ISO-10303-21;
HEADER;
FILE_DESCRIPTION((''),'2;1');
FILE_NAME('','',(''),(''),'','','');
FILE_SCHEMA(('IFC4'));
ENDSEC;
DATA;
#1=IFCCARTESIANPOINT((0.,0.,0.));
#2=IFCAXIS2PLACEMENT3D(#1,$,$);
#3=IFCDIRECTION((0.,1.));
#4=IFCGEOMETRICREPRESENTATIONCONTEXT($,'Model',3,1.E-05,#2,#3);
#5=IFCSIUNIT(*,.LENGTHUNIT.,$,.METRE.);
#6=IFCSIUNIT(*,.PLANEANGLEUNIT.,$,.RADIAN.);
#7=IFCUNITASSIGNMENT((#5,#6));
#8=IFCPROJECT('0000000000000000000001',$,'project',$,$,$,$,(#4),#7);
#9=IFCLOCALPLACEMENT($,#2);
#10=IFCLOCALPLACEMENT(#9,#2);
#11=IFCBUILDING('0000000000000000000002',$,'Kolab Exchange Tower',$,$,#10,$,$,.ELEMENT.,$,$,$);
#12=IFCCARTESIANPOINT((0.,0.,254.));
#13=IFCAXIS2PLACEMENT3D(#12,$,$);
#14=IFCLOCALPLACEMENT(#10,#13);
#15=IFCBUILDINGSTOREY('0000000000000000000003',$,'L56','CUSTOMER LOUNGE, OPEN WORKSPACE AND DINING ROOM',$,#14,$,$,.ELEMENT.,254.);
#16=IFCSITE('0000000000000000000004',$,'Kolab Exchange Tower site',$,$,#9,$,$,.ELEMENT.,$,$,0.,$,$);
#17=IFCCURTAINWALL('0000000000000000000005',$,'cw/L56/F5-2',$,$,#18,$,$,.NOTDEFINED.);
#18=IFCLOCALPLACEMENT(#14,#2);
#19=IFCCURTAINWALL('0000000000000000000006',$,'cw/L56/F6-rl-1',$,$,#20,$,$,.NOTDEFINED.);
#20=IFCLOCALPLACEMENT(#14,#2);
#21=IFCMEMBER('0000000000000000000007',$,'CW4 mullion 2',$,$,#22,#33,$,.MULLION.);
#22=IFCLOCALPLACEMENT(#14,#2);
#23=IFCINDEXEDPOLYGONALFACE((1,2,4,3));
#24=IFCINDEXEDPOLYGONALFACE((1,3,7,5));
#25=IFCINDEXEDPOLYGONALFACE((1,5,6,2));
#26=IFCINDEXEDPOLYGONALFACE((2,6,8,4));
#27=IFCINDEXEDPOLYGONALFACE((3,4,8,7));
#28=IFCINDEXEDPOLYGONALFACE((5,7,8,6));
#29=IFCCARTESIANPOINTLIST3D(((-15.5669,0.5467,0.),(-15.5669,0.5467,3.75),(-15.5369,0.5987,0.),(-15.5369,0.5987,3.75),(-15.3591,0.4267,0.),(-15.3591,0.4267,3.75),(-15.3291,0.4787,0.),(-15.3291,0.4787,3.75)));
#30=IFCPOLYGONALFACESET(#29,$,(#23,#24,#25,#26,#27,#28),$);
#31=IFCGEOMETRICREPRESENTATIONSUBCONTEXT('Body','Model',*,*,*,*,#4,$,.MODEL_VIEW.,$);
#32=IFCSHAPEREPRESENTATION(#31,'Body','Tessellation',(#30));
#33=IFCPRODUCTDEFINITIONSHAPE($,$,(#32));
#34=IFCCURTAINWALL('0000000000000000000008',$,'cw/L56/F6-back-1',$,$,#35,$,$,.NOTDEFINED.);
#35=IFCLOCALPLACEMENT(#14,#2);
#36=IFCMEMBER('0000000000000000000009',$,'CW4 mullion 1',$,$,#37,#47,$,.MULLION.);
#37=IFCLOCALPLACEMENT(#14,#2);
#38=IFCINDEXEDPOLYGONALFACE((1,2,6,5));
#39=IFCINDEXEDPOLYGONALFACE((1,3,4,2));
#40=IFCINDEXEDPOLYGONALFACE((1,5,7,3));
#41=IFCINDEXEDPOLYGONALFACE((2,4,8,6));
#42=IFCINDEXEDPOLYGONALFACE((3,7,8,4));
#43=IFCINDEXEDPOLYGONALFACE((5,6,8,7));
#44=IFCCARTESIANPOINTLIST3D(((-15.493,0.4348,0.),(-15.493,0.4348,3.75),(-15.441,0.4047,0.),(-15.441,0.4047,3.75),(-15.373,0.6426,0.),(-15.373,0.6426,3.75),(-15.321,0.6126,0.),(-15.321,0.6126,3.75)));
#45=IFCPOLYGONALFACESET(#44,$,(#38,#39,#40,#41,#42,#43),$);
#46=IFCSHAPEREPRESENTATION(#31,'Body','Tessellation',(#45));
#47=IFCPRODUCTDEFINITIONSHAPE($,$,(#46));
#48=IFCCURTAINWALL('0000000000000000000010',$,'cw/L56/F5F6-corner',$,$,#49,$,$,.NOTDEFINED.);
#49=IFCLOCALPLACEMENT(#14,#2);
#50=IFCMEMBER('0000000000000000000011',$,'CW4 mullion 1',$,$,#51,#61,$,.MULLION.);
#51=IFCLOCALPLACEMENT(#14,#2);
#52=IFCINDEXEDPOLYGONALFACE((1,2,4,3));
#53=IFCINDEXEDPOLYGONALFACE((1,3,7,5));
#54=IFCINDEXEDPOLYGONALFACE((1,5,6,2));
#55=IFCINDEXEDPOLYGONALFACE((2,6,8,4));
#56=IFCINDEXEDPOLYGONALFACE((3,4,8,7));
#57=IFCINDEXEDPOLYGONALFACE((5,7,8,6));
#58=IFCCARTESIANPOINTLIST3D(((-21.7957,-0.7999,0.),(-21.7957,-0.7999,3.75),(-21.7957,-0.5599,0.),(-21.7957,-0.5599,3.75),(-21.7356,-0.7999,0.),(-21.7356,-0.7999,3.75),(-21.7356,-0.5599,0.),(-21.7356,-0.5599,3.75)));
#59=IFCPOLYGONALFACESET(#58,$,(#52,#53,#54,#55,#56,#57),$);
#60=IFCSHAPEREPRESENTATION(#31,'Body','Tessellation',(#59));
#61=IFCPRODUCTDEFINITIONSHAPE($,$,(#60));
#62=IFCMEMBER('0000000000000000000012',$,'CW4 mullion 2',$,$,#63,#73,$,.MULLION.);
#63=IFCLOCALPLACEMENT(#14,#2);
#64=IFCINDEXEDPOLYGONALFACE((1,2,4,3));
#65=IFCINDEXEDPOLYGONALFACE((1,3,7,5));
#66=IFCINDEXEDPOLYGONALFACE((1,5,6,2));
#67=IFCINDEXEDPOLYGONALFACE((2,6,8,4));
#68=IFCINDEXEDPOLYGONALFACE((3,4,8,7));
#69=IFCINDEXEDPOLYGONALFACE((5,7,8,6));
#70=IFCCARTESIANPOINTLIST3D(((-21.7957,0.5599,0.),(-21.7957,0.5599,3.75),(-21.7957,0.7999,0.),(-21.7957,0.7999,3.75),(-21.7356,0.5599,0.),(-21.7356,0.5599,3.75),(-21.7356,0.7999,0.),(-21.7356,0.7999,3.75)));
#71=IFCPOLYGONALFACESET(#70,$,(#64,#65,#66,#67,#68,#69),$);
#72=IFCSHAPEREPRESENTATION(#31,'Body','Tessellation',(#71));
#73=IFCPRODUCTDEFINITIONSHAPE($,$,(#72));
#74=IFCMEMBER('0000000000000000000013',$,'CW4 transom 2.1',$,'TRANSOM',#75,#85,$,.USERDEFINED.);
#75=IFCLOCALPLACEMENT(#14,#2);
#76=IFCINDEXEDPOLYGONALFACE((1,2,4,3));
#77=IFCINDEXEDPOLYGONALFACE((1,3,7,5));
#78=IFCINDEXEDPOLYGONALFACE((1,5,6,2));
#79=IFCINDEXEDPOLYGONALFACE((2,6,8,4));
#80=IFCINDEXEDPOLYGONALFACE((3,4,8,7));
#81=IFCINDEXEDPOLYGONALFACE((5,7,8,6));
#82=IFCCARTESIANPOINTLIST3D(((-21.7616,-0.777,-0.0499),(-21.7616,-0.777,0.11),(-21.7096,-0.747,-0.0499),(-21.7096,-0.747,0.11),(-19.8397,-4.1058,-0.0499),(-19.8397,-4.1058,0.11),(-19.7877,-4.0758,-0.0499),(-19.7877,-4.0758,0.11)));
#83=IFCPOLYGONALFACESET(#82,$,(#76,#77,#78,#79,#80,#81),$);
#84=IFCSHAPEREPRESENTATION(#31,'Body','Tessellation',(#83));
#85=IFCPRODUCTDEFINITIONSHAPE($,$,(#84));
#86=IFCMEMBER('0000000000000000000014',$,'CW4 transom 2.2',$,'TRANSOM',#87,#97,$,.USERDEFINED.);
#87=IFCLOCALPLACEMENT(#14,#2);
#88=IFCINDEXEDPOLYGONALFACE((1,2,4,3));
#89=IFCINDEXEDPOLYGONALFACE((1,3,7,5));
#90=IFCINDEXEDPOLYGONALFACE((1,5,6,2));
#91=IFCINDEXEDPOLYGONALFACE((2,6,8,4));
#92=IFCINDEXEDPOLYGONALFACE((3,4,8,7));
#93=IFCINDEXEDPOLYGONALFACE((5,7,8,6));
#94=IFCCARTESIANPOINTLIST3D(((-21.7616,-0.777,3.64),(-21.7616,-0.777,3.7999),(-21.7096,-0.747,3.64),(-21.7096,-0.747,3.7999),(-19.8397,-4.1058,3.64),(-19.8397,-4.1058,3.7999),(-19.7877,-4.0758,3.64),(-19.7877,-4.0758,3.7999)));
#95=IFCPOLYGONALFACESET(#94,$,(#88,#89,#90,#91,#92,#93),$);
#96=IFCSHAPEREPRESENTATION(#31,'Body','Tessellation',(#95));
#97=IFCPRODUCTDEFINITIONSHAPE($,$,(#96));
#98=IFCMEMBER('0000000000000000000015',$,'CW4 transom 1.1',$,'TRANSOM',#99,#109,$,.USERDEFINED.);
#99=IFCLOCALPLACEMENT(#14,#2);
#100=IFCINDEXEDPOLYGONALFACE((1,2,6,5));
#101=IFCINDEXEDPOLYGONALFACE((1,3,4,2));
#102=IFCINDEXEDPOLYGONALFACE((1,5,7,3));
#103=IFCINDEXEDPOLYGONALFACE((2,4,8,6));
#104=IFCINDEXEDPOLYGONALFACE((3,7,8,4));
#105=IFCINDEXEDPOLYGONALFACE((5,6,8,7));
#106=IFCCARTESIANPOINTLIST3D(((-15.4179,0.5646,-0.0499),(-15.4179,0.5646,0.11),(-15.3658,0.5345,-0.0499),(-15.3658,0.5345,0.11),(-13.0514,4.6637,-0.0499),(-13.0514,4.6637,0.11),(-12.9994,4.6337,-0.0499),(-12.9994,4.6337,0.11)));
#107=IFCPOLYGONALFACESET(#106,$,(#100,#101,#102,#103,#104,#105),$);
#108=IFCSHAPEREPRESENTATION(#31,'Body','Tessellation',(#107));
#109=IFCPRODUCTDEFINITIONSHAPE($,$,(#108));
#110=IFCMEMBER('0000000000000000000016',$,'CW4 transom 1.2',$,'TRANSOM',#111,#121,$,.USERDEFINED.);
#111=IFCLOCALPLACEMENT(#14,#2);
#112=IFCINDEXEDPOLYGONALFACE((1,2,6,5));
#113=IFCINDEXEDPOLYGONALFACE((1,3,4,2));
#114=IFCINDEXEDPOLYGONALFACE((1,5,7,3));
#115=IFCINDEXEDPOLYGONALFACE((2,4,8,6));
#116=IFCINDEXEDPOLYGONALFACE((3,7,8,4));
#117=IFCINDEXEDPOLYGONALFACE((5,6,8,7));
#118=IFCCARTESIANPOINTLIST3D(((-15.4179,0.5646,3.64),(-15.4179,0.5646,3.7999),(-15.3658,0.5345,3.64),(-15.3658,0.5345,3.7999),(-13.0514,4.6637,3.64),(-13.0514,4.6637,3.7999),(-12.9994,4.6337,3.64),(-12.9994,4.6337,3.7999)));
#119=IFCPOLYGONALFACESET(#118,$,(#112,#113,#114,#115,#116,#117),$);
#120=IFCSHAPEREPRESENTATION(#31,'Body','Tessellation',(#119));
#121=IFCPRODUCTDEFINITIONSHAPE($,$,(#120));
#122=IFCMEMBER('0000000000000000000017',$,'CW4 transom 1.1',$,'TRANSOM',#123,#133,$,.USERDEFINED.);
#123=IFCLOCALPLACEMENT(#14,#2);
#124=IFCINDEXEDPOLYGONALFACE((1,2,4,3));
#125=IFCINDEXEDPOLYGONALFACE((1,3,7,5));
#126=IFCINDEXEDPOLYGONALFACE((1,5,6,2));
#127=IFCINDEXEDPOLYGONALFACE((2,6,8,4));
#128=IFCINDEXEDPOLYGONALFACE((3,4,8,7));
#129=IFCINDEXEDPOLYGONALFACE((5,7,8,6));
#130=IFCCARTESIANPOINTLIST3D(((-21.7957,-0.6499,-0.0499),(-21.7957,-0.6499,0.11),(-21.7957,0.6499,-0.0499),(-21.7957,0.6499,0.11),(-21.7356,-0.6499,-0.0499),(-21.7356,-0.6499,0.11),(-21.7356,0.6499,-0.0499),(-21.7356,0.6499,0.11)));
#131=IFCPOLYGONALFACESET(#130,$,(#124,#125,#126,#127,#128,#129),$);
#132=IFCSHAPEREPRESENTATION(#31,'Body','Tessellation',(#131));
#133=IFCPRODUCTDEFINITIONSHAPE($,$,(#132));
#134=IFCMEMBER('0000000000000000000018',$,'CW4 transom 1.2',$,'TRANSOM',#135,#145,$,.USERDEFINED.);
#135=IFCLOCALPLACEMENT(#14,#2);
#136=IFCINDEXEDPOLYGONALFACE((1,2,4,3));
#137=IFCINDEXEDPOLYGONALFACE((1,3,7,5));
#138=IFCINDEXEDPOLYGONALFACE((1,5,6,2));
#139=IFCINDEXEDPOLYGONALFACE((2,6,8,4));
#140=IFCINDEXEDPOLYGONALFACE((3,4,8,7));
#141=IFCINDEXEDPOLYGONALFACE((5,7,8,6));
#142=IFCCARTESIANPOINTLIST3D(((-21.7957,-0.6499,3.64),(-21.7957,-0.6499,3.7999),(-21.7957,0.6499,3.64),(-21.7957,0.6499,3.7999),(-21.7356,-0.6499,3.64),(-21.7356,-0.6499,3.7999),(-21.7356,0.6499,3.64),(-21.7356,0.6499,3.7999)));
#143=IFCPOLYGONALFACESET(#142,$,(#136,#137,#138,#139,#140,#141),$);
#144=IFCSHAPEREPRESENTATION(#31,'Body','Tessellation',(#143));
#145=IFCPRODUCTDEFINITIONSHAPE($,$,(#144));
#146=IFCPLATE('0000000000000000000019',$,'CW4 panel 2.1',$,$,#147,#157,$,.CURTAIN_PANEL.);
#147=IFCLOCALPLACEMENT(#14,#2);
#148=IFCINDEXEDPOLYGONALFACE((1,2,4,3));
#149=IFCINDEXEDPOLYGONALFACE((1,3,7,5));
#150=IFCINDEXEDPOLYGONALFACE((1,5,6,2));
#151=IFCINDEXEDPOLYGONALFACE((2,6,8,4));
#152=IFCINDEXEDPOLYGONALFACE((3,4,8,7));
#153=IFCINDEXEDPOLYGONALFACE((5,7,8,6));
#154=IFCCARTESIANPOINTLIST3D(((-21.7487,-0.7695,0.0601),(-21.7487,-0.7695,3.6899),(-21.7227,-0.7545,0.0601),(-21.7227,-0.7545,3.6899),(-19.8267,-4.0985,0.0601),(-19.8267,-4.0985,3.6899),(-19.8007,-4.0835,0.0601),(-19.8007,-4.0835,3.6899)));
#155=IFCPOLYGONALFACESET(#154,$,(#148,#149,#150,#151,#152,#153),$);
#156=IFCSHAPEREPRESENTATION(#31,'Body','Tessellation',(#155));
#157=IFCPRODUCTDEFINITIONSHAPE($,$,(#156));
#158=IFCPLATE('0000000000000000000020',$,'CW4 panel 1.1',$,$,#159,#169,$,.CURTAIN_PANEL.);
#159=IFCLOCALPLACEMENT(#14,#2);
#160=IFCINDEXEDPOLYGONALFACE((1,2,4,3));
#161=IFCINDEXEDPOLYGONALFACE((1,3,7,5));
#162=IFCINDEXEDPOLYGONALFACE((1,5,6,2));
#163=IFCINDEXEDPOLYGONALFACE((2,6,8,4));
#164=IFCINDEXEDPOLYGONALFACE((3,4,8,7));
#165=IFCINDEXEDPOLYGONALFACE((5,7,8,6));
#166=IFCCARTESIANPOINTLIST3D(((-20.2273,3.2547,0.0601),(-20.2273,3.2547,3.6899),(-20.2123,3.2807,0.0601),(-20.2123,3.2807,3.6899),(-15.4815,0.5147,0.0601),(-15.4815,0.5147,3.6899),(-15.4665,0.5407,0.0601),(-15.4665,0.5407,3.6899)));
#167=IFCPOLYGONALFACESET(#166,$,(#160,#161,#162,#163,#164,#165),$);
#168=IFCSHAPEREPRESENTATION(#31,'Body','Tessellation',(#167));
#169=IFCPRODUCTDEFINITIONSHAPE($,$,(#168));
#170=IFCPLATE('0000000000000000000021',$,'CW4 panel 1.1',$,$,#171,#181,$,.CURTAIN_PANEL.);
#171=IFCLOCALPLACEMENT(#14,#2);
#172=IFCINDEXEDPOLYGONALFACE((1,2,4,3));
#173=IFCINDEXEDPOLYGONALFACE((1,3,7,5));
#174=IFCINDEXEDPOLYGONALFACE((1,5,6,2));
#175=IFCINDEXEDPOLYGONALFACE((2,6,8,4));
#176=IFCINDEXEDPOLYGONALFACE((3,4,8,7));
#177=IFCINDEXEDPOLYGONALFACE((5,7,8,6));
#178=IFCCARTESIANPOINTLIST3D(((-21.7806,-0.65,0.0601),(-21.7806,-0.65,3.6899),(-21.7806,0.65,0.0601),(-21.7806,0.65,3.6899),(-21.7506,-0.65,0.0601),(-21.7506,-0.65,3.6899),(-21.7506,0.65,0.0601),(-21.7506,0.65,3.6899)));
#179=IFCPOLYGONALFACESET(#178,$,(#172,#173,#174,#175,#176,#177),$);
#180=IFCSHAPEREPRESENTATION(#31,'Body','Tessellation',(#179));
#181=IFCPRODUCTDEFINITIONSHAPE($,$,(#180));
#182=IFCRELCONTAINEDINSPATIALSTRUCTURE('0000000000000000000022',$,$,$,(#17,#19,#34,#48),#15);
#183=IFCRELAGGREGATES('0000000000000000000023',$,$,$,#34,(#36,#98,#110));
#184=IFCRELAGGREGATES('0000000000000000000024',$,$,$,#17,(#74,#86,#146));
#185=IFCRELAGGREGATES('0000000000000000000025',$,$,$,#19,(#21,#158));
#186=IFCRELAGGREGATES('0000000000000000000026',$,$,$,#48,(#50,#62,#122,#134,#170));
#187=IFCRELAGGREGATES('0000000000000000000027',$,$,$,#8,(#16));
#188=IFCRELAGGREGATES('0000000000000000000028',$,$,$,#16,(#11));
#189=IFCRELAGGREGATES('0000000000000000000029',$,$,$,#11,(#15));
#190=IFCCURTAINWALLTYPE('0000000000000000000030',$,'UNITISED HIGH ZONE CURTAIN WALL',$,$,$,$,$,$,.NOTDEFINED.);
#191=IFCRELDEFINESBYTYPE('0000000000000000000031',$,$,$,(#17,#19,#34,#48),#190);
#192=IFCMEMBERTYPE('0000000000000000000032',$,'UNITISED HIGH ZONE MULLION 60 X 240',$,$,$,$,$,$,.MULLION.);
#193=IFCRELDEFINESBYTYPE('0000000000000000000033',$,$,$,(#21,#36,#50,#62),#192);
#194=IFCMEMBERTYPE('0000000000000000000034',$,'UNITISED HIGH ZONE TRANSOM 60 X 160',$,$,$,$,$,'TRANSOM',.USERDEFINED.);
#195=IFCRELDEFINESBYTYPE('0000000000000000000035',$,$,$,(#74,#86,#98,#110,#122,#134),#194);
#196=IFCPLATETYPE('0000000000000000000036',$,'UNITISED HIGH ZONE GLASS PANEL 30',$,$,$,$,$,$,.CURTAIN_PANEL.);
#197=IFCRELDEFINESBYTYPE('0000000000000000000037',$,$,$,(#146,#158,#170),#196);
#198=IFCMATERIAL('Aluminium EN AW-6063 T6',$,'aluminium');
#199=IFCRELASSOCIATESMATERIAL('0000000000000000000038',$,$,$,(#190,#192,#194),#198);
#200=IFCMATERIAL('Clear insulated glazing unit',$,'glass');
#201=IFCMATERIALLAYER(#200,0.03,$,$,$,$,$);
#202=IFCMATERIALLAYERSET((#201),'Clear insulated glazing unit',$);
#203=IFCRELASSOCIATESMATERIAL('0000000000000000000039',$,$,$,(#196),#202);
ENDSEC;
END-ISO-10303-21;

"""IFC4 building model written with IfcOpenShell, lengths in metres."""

from ifc_helpers import new_model, si_unit, direction, frame, origin, origin_2d, place, context, subcontext, project, spatial, rectangle, extrude, material, layer, layer_set, material_profile, profile_set, type_object, element, aggregate, save


model = new_model("IFC4")

# Units and contexts
model_context = context("Model", 3, precision=1e-05, world=origin(), true_north=direction((0.0, 1.0)))
body_context = subcontext(model_context, "Body", "Model", "MODEL_VIEW")
ifc_project = project(units=[si_unit("LENGTHUNIT", "METRE"), si_unit("PLANEANGLEUNIT", "RADIAN")], contexts=[model_context])

# Site, building, storey
site_placement = place(None, origin())
site = spatial("IfcSite", under=ifc_project, at=site_placement, Name="Kolab Exchange Tower site", CompositionType="ELEMENT", RefElevation=0.0)
building_placement = place(site_placement, origin())
building = spatial("IfcBuilding", under=site, at=building_placement, Name="Kolab Exchange Tower", CompositionType="ELEMENT")
storey_placement = place(building_placement, frame((0.0, 0.0, 254.0)))
storey = spatial("IfcBuildingStorey", under=building, at=storey_placement, Name="L56", Description="CUSTOMER LOUNGE, OPEN WORKSPACE AND DINING ROOM", CompositionType="ELEMENT", Elevation=254.0)

# Curtain walls, members
ifc_material_1 = material(Name="Aluminium EN AW-6063 T6", Category="aluminium")
curtain_wall_type = type_object("IfcCurtainWallType", Name="UNITISED HIGH ZONE CURTAIN WALL", PredefinedType="NOTDEFINED", material=ifc_material_1)
curtain_wall_1_placement = place(storey_placement, origin())
curtain_wall_1 = element("IfcCurtainWall", 1, at=curtain_wall_1_placement, inside=storey, type_object=curtain_wall_type, Name="cw/L56/F5-2", PredefinedType="NOTDEFINED")
ifc_material_profile_1 = material_profile(ifc_material_1, rectangle(XDim=0.0601, YDim=0.24, at=origin_2d()), Name="RECT 60X240")
ifc_profile_set_1 = profile_set([ifc_material_profile_1], Name="Aluminium EN AW-6063 T6")
member_type_1 = type_object("IfcMemberType", Name="UNITISED HIGH ZONE MULLION 60 X 240", PredefinedType="MULLION", material=ifc_profile_set_1)
curtain_wall_2_placement = place(storey_placement, origin())
curtain_wall_2 = element("IfcCurtainWall", 2, at=curtain_wall_2_placement, inside=storey, type_object=curtain_wall_type, Name="cw/L56/F6-rl-1", PredefinedType="NOTDEFINED")
member_1_placement = place(storey_placement, frame((-15.448, 0.5127, 0.0), z_axis=(0.0, 0.0, 1.0), x_axis=(0.5, 0.866025, 0.0)))
member_1 = element("IfcMember", 3, at=member_1_placement, type_object=member_type_1, Name="CW4 mullion 2", PredefinedType="MULLION", context=body_context, shape_type="SweptSolid", body=[
    extrude(rectangle(XDim=0.0601, YDim=0.24, at=origin_2d()), origin(), (0.0, 0.0, 1.0), 3.75),
])
curtain_wall_3_placement = place(storey_placement, origin())
curtain_wall_3 = element("IfcCurtainWall", 4, at=curtain_wall_3_placement, inside=storey, type_object=curtain_wall_type, Name="cw/L56/F6-back-1", PredefinedType="NOTDEFINED")
member_2_placement = place(storey_placement, frame((-15.407, 0.5237, 0.0), z_axis=(0.0, 0.0, 1.0), x_axis=(-0.866025, 0.5, 0.0)))
member_2 = element("IfcMember", 5, at=member_2_placement, type_object=member_type_1, Name="CW4 mullion 1", PredefinedType="MULLION", context=body_context, shape_type="SweptSolid", body=[
    extrude(rectangle(XDim=0.0601, YDim=0.24, at=origin_2d()), origin(), (0.0, 0.0, 1.0), 3.75),
])

# Curtain wall, members
curtain_wall_4_placement = place(storey_placement, origin())
curtain_wall_4 = element("IfcCurtainWall", 6, at=curtain_wall_4_placement, inside=storey, type_object=curtain_wall_type, Name="cw/L56/F5F6-corner", PredefinedType="NOTDEFINED")
member_3_placement = place(storey_placement, frame((-21.7656, -0.6799, 0.0), z_axis=(0.0, 0.0, 1.0), x_axis=(-1.0, 0.0, 0.0)))
member_3 = element("IfcMember", 7, at=member_3_placement, type_object=member_type_1, Name="CW4 mullion 1", PredefinedType="MULLION", context=body_context, shape_type="SweptSolid", body=[
    extrude(rectangle(XDim=0.0601, YDim=0.24, at=origin_2d()), origin(), (0.0, 0.0, 1.0), 3.75),
])
member_4_placement = place(storey_placement, frame((-21.7656, 0.6799, 0.0), z_axis=(0.0, 0.0, 1.0), x_axis=(-1.0, 0.0, 0.0)))
member_4 = element("IfcMember", 8, at=member_4_placement, type_object=member_type_1, Name="CW4 mullion 2", PredefinedType="MULLION", context=body_context, shape_type="SweptSolid", body=[
    extrude(rectangle(XDim=0.0601, YDim=0.24, at=origin_2d()), origin(), (0.0, 0.0, 1.0), 3.75),
])

# Members
ifc_material_profile_2 = material_profile(ifc_material_1, rectangle(XDim=0.0601, YDim=0.1599, at=origin_2d()), Name="RECT 60X160")
ifc_profile_set_2 = profile_set([ifc_material_profile_2], Name="Aluminium EN AW-6063 T6")
member_type_2 = type_object("IfcMemberType", Name="UNITISED HIGH ZONE TRANSOM 60 X 160", ElementType="TRANSOM", PredefinedType="USERDEFINED", material=ifc_profile_set_2)
member_5_placement = place(storey_placement, frame((-19.8137, -4.0908, 0.03), z_axis=(-0.499992, 0.86603, 0.0), x_axis=(-0.86603, -0.499992, 0.0)))
member_5 = element("IfcMember", 9, at=member_5_placement, type_object=member_type_2, Name="CW4 transom 2.1", ObjectType="TRANSOM", PredefinedType="USERDEFINED", context=body_context, shape_type="SweptSolid", body=[
    extrude(rectangle(XDim=0.0601, YDim=0.1599, at=origin_2d()), origin(), (0.0, 0.0, 1.0), 3.8438),
])
member_6_placement = place(storey_placement, frame((-19.8137, -4.0908, 3.72), z_axis=(-0.499992, 0.86603, 0.0), x_axis=(-0.86603, -0.499992, 0.0)))
member_6 = element("IfcMember", 10, at=member_6_placement, type_object=member_type_2, Name="CW4 transom 2.2", ObjectType="TRANSOM", PredefinedType="USERDEFINED", context=body_context, shape_type="SweptSolid", body=[
    extrude(rectangle(XDim=0.0601, YDim=0.1599, at=origin_2d()), origin(), (0.0, 0.0, 1.0), 3.8438),
])
member_7_placement = place(storey_placement, frame((-15.3918, 0.5496, 0.03), z_axis=(0.499972, 0.866041, 0.0), x_axis=(-0.866041, 0.499972, 0.0)))
member_7 = element("IfcMember", 11, at=member_7_placement, type_object=member_type_2, Name="CW4 transom 1.1", ObjectType="TRANSOM", PredefinedType="USERDEFINED", context=body_context, shape_type="SweptSolid", body=[
    extrude(rectangle(XDim=0.0601, YDim=0.1599, at=origin_2d()), origin(), (0.0, 0.0, 1.0), 4.7332),
])
member_8_placement = place(storey_placement, frame((-15.3918, 0.5496, 3.72), z_axis=(0.499972, 0.866041, 0.0), x_axis=(-0.866041, 0.499972, 0.0)))
member_8 = element("IfcMember", 12, at=member_8_placement, type_object=member_type_2, Name="CW4 transom 1.2", ObjectType="TRANSOM", PredefinedType="USERDEFINED", context=body_context, shape_type="SweptSolid", body=[
    extrude(rectangle(XDim=0.0601, YDim=0.1599, at=origin_2d()), origin(), (0.0, 0.0, 1.0), 4.7332),
])
aggregate(curtain_wall_3, [member_2, member_7, member_8])
member_9_placement = place(storey_placement, frame((-21.7656, -0.6499, 0.03), z_axis=(0.0, 1.0, 0.0), x_axis=(-1.0, 0.0, 0.0)))
member_9 = element("IfcMember", 13, at=member_9_placement, type_object=member_type_2, Name="CW4 transom 1.1", ObjectType="TRANSOM", PredefinedType="USERDEFINED", context=body_context, shape_type="SweptSolid", body=[
    extrude(rectangle(XDim=0.0601, YDim=0.1599, at=origin_2d()), origin(), (0.0, 0.0, 1.0), 1.2998),
])
member_10_placement = place(storey_placement, frame((-21.7656, -0.6499, 3.72), z_axis=(0.0, 1.0, 0.0), x_axis=(-1.0, 0.0, 0.0)))
member_10 = element("IfcMember", 14, at=member_10_placement, type_object=member_type_2, Name="CW4 transom 1.2", ObjectType="TRANSOM", PredefinedType="USERDEFINED", context=body_context, shape_type="SweptSolid", body=[
    extrude(rectangle(XDim=0.0601, YDim=0.1599, at=origin_2d()), origin(), (0.0, 0.0, 1.0), 1.2998),
])

# Plates
ifc_material_2 = material(Name="Clear insulated glazing unit", Category="glass")
ifc_layer_1 = layer(ifc_material_2, 0.03)
ifc_layer_set_1 = layer_set([ifc_layer_1], Name="Clear insulated glazing unit")
plate_type = type_object("IfcPlateType", Name="UNITISED HIGH ZONE GLASS PANEL 30", PredefinedType="CURTAIN_PANEL", material=ifc_layer_set_1)
plate_1_placement = place(storey_placement, frame((-20.7747, -2.4265, 0.0601), z_axis=(0.0, 0.0, 1.0), x_axis=(-0.5, 0.866025, 0.0)))
plate_1 = element("IfcPlate", 15, at=plate_1_placement, type_object=plate_type, Name="CW4 panel 2.1", PredefinedType="CURTAIN_PANEL", context=body_context, shape_type="SweptSolid", body=[
    extrude(rectangle(XDim=3.844, YDim=0.03, at=origin_2d()), origin(), (0.0, 0.0, 1.0), 3.6299),
])
aggregate(curtain_wall_1, [member_5, member_6, plate_1])
plate_2_placement = place(storey_placement, frame((-17.8469, 1.8977, 0.0601), z_axis=(0.0, 0.0, 1.0), x_axis=(0.866025, -0.5, 0.0)))
plate_2 = element("IfcPlate", 16, at=plate_2_placement, type_object=plate_type, Name="CW4 panel 1.1", PredefinedType="CURTAIN_PANEL", context=body_context, shape_type="SweptSolid", body=[
    extrude(rectangle(XDim=5.48, YDim=0.03, at=origin_2d()), origin(), (0.0, 0.0, 1.0), 3.6299),
])
aggregate(curtain_wall_2, [member_1, plate_2])
plate_3_placement = place(storey_placement, frame((-21.7656, 0.0, 0.0601), z_axis=(0.0, 0.0, 1.0), x_axis=(0.0, 1.0, 0.0)))
plate_3 = element("IfcPlate", 17, at=plate_3_placement, type_object=plate_type, Name="CW4 panel 1.1", PredefinedType="CURTAIN_PANEL", context=body_context, shape_type="SweptSolid", body=[
    extrude(rectangle(XDim=1.3, YDim=0.03, at=origin_2d()), origin(), (0.0, 0.0, 1.0), 3.6299),
])
aggregate(curtain_wall_4, [member_3, member_4, member_9, member_10, plate_3])

save(model, "model.ifc")
